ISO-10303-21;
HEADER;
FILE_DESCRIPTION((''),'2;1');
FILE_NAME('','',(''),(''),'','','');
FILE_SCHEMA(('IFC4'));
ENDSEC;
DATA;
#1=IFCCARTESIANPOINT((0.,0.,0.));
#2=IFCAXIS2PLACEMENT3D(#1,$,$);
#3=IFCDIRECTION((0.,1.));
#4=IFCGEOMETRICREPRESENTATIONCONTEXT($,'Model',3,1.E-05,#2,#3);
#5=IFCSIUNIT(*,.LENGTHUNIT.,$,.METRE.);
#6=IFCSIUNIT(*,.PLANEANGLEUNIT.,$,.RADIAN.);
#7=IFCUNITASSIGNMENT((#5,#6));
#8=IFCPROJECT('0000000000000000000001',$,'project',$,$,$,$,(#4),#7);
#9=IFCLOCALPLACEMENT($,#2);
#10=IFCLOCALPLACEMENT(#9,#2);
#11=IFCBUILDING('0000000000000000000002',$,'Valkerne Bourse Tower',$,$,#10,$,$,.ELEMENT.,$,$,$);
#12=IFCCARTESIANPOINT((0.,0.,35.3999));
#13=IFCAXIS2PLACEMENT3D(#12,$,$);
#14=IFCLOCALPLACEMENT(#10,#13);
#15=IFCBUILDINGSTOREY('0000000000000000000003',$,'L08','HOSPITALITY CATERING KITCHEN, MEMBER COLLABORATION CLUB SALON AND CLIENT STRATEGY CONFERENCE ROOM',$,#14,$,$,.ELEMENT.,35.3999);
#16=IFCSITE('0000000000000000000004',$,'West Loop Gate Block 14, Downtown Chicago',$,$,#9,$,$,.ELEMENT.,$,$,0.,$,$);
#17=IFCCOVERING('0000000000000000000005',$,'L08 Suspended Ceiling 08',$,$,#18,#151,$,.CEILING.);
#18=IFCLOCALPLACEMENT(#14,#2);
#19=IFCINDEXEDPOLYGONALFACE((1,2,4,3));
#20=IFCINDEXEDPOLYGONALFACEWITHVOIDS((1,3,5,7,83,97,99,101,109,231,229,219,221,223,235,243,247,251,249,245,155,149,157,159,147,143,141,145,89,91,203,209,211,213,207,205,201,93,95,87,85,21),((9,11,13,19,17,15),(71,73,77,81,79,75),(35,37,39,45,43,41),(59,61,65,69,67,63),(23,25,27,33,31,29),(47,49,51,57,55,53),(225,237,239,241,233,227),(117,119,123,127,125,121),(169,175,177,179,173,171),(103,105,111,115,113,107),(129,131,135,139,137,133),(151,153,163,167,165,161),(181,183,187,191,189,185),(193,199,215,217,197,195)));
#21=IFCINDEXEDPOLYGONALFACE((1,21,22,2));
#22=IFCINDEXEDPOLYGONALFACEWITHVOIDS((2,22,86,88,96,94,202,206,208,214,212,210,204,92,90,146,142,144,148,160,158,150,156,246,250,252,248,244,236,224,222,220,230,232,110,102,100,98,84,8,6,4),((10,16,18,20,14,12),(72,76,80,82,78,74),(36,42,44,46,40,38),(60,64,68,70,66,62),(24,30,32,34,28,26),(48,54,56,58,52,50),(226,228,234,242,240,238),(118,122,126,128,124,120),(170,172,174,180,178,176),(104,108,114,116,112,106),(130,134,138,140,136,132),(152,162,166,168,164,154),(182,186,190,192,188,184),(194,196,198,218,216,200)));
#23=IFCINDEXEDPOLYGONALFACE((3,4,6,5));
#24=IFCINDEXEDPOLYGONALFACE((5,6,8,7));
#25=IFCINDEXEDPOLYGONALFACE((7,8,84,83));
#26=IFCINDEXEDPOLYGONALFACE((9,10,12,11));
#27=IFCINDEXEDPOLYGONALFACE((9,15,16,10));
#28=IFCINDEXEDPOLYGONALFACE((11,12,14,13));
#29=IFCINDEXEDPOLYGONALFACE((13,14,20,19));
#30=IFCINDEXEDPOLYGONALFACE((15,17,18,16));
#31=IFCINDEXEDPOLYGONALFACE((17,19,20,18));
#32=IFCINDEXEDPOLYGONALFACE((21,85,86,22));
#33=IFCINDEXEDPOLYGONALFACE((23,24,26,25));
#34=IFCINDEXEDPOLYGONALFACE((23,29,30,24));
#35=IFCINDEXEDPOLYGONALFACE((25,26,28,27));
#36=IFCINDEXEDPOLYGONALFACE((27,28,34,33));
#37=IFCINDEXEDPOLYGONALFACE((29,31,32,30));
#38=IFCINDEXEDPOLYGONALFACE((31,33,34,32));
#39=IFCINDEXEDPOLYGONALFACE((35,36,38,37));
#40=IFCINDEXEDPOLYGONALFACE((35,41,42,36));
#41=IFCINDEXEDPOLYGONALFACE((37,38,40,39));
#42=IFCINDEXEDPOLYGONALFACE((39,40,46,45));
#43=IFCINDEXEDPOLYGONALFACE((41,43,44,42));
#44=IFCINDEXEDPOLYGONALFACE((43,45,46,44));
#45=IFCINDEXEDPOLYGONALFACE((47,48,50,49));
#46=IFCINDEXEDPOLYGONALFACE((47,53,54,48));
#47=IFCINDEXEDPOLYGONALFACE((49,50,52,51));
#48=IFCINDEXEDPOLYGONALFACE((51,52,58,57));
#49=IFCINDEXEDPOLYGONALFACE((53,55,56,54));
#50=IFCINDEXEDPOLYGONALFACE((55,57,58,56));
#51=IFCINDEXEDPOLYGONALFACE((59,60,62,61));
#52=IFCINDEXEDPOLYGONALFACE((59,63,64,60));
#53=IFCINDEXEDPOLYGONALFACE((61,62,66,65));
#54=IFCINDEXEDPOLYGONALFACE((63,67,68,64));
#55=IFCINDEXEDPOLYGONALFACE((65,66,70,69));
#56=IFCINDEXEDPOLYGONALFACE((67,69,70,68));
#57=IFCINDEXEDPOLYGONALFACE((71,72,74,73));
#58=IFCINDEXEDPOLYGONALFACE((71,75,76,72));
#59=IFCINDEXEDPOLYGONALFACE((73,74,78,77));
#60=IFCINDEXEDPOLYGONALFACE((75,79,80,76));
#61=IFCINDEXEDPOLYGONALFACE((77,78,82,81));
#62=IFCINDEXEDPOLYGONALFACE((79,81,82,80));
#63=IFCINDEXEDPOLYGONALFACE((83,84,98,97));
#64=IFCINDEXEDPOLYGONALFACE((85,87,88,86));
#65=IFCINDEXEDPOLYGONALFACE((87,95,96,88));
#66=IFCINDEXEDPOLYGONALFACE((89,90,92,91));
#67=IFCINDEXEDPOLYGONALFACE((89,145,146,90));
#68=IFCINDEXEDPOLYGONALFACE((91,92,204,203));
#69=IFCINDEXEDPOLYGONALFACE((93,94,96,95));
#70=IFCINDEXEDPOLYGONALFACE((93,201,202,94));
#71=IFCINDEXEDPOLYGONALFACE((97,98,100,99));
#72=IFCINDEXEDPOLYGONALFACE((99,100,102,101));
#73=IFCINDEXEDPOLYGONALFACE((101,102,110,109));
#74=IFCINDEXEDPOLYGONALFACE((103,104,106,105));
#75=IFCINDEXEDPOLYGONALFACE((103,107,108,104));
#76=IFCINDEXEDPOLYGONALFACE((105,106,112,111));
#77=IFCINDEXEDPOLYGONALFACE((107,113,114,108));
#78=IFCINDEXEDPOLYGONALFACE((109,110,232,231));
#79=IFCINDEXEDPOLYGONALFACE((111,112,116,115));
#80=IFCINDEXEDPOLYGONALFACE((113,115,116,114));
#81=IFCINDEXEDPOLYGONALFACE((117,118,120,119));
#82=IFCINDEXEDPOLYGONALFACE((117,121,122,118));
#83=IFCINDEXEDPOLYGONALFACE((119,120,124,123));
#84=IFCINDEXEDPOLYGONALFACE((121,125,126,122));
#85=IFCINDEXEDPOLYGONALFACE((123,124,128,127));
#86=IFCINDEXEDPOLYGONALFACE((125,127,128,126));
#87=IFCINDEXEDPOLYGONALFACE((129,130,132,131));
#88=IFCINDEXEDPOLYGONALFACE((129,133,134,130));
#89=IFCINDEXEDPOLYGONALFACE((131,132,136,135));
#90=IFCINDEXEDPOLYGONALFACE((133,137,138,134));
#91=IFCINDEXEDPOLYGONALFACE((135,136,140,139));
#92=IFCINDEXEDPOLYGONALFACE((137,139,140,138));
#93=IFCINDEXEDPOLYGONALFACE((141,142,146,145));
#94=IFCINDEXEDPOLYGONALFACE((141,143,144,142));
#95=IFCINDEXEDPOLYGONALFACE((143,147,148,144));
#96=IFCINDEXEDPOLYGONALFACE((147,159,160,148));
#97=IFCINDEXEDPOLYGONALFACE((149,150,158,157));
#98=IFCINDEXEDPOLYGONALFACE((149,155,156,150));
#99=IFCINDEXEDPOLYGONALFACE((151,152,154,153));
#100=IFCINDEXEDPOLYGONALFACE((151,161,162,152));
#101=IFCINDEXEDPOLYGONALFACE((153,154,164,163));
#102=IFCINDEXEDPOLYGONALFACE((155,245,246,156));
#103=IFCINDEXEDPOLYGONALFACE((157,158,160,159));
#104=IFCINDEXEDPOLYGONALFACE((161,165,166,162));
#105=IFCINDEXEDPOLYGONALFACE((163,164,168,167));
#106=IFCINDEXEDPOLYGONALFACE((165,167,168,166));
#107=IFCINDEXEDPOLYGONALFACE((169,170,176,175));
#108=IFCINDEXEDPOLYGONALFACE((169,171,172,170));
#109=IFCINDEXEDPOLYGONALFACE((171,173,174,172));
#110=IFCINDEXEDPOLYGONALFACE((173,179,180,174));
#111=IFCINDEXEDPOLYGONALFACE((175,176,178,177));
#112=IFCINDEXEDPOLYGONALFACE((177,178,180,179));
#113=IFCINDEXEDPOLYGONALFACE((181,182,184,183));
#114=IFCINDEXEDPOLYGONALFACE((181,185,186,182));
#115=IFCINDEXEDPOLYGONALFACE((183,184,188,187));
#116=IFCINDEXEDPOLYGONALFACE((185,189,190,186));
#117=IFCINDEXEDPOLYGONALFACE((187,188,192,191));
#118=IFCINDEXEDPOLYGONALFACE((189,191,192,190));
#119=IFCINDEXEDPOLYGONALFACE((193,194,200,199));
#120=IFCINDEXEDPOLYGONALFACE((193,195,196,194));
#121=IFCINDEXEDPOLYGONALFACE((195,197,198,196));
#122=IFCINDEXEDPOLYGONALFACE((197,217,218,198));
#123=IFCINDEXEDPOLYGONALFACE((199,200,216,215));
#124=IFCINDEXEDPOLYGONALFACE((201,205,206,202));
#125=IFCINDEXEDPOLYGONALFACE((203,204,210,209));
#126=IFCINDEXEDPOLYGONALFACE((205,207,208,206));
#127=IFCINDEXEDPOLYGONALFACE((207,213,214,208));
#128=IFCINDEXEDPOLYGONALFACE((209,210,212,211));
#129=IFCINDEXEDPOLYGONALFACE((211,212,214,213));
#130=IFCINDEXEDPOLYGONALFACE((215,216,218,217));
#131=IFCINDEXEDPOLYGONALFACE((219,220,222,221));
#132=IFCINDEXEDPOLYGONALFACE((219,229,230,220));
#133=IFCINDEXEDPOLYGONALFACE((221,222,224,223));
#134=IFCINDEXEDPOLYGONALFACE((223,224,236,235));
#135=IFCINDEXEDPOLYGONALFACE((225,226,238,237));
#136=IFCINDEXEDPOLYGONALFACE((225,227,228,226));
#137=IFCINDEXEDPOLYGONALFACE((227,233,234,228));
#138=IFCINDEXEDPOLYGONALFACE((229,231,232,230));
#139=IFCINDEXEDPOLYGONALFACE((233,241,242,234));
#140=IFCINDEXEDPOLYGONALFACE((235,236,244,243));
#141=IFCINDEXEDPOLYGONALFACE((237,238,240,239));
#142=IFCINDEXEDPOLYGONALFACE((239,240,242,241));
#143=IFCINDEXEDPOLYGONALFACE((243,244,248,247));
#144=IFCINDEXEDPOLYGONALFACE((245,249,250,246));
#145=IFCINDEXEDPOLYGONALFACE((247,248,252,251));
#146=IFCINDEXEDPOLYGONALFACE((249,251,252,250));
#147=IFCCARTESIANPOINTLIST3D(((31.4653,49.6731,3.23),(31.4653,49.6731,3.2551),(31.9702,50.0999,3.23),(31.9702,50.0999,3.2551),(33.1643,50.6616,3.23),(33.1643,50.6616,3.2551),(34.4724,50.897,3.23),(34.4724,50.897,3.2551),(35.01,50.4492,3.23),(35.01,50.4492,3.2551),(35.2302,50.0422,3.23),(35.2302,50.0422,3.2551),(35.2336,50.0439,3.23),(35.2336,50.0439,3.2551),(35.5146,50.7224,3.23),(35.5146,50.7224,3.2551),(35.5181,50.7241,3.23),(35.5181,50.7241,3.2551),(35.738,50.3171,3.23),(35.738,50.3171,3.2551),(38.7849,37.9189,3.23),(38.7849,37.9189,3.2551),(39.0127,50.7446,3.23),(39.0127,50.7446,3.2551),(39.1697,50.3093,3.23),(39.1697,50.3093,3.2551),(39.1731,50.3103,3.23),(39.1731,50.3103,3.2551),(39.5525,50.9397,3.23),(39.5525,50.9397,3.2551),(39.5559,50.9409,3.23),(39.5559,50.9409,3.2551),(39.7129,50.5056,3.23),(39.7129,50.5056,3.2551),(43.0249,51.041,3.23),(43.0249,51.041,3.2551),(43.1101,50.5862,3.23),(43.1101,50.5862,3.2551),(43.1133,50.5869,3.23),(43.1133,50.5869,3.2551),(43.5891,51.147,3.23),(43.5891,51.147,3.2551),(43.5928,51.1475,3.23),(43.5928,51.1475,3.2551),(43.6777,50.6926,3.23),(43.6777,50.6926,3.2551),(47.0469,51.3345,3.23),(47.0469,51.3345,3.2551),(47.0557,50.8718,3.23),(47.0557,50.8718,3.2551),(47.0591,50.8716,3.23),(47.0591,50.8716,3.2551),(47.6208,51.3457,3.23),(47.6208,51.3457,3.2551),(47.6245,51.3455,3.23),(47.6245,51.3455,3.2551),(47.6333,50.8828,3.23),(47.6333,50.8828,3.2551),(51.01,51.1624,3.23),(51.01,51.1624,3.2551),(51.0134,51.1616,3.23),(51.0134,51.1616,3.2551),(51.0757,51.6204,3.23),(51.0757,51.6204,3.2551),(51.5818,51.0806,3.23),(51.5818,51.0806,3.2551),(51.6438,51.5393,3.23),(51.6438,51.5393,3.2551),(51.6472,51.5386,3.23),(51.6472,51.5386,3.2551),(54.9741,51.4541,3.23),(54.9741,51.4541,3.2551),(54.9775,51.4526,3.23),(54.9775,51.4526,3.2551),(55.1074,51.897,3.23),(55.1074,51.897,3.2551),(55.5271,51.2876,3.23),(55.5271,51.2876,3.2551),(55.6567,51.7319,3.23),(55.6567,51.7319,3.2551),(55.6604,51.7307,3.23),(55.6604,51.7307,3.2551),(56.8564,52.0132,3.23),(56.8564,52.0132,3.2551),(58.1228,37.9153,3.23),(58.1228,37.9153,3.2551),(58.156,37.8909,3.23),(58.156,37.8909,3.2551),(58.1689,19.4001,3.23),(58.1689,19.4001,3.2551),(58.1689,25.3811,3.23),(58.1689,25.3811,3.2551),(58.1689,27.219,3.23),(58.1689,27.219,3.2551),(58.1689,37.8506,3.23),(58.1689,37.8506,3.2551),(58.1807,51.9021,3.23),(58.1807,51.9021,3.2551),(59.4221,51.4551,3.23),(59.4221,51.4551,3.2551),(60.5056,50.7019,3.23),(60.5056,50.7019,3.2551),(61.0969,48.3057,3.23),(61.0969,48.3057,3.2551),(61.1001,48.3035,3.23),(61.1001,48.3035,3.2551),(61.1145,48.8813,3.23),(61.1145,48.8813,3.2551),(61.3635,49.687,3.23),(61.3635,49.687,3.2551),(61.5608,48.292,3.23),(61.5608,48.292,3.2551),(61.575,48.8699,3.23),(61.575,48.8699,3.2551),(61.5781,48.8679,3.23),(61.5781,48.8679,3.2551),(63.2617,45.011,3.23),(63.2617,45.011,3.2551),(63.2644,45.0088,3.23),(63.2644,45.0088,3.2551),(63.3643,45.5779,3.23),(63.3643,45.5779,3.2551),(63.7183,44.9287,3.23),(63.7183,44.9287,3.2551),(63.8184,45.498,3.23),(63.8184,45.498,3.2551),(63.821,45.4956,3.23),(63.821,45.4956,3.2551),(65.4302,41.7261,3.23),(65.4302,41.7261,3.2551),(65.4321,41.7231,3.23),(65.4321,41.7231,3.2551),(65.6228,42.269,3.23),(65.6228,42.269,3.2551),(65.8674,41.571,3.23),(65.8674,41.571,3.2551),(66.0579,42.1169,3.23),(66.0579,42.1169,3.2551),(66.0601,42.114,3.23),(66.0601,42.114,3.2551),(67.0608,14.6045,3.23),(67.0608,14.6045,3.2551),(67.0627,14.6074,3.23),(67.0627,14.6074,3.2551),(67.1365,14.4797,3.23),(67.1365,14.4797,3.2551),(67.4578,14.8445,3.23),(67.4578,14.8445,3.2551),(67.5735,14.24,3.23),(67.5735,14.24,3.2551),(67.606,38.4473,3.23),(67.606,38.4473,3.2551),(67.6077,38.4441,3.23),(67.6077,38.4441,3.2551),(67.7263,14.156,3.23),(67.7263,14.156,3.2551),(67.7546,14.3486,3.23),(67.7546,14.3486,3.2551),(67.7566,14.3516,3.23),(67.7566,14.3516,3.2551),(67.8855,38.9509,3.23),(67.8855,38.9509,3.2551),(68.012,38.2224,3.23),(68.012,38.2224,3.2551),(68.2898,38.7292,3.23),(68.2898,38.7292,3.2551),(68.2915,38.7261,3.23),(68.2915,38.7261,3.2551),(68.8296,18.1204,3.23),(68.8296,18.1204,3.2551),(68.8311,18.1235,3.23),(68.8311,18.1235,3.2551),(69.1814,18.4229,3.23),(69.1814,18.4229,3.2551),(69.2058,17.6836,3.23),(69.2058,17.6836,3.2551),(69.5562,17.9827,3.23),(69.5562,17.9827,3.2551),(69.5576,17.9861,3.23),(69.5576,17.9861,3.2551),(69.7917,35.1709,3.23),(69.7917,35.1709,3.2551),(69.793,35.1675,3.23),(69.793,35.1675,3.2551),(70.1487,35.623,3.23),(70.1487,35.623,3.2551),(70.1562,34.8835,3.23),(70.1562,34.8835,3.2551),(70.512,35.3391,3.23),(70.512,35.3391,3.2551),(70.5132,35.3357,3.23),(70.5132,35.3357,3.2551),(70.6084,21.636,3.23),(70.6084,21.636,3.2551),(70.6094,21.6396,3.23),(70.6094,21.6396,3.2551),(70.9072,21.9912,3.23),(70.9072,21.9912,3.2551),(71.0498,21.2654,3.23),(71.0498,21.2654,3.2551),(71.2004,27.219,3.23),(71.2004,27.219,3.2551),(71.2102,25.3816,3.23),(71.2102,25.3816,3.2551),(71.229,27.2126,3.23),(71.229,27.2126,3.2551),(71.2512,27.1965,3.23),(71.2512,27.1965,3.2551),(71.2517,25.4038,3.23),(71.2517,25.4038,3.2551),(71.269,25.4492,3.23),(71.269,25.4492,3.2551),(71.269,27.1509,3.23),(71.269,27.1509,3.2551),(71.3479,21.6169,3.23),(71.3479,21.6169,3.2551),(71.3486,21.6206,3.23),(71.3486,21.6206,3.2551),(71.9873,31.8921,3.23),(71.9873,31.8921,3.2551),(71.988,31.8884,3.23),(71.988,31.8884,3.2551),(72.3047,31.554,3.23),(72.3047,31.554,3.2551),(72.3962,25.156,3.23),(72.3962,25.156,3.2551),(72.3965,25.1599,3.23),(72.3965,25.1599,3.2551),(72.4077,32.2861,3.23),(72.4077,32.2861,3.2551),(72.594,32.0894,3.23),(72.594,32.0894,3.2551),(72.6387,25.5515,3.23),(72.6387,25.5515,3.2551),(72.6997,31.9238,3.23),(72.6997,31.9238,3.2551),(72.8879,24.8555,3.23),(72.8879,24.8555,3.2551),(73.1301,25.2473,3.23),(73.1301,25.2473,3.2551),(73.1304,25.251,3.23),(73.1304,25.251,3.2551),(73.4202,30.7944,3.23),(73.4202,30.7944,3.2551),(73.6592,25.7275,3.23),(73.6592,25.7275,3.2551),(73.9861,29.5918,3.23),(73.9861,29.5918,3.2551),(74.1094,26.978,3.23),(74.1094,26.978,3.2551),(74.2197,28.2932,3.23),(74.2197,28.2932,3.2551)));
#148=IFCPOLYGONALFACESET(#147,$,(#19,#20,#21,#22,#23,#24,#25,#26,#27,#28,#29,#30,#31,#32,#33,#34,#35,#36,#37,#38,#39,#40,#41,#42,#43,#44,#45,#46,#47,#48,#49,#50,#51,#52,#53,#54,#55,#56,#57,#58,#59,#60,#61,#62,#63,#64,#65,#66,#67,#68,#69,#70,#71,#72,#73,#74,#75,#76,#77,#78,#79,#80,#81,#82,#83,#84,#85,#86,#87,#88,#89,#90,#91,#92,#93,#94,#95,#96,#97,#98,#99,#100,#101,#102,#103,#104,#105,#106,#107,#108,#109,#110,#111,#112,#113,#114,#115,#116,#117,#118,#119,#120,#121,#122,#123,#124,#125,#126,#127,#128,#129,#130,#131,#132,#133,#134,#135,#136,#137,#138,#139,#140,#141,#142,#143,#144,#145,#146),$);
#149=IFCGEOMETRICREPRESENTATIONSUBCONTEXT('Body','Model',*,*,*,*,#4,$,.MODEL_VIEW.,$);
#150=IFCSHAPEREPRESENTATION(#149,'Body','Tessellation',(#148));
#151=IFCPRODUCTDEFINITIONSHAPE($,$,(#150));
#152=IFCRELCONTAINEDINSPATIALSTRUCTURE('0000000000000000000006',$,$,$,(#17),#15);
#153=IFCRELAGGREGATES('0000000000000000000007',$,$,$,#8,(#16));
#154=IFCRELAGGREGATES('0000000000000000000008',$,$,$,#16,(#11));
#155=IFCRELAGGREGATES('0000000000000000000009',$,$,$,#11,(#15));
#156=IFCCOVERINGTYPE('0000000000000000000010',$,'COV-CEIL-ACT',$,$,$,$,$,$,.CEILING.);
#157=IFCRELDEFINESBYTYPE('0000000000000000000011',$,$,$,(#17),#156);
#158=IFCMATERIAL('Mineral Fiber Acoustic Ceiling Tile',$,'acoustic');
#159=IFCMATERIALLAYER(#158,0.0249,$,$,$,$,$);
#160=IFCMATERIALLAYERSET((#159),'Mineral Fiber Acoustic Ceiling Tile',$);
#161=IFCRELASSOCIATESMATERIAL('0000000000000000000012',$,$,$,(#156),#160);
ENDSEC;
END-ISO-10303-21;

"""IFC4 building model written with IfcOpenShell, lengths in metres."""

from ifc_helpers import new_model, si_unit, direction, frame, origin, place, context, subcontext, project, spatial, polyline, outline, extrude, material, layer, layer_set, type_object, element, save


model = new_model("IFC4")

# Units and contexts
model_context = context("Model", 3, precision=1e-05, world=origin(), true_north=direction((0.0, 1.0)))
body_context = subcontext(model_context, "Body", "Model", "MODEL_VIEW")
ifc_project = project(units=[si_unit("LENGTHUNIT", "METRE"), si_unit("PLANEANGLEUNIT", "RADIAN")], contexts=[model_context])

# Site, building, storey
site_placement = place(None, origin())
site = spatial("IfcSite", under=ifc_project, at=site_placement, Name="West Loop Gate Block 14, Downtown Chicago", CompositionType="ELEMENT", RefElevation=0.0)
building_placement = place(site_placement, origin())
building = spatial("IfcBuilding", under=site, at=building_placement, Name="Valkerne Bourse Tower", CompositionType="ELEMENT")
storey_placement = place(building_placement, frame((0.0, 0.0, 35.3999)))
storey = spatial("IfcBuildingStorey", under=building, at=storey_placement, Name="L08", Description="HOSPITALITY CATERING KITCHEN, MEMBER COLLABORATION CLUB SALON AND CLIENT STRATEGY CONFERENCE ROOM", CompositionType="ELEMENT", Elevation=35.3999)

# Covering
ifc_material_1 = material(Name="Mineral Fiber Acoustic Ceiling Tile", Category="acoustic")
ifc_layer_1 = layer(ifc_material_1, 0.0249)
ifc_layer_set_1 = layer_set([ifc_layer_1], Name="Mineral Fiber Acoustic Ceiling Tile")
covering_type_1 = type_object("IfcCoveringType", Name="COV-CEIL-ACT", PredefinedType="CEILING", material=ifc_layer_set_1)
covering_1_placement = place(storey_placement, frame((0.0, 0.0, 3.23)))
element("IfcCovering", 1, at=covering_1_placement, inside=storey, type_object=covering_type_1, Name="L08 Suspended Ceiling 08", PredefinedType="CEILING", context=body_context, shape_type="SweptSolid", body=[
    extrude(outline(polyline([(34.4724, 50.897), (56.8564, 52.0132), (58.1807, 51.9021), (59.4221, 51.4551), (60.5056, 50.7019), (61.3635, 49.687), (72.594, 32.0894), (72.4077, 32.2861), (71.9873, 31.8921), (71.988, 31.8884), (72.3047, 31.554), (72.6997, 31.9238), (73.4202, 30.7944), (73.9861, 29.5918), (74.2197, 28.2932), (74.1094, 26.978), (73.6592, 25.7275), (67.7263, 14.156), (67.5735, 14.24), (67.7546, 14.3486), (67.7566, 14.3516), (67.4578, 14.8445), (67.0627, 14.6074), (67.0608, 14.6045), (67.1365, 14.4797), (58.1689, 19.4001), (58.1689, 25.3811), (71.2102, 25.3816), (71.2517, 25.4038), (71.269, 25.4492), (71.269, 27.1509), (71.2512, 27.1965), (71.229, 27.2126), (71.2004, 27.219), (58.1689, 27.219), (58.1689, 37.8506), (58.156, 37.8909), (58.1228, 37.9153), (38.7849, 37.9189), (31.4653, 49.6731), (31.9702, 50.0999), (33.1643, 50.6616), (34.4724, 50.897)]), holes=[polyline([(35.2336, 50.0439), (35.738, 50.3171), (35.5181, 50.7241), (35.5146, 50.7224), (35.01, 50.4492), (35.2302, 50.0422), (35.2336, 50.0439)]), polyline([(39.1731, 50.3103), (39.7129, 50.5056), (39.5559, 50.9409), (39.5525, 50.9397), (39.0127, 50.7446), (39.1697, 50.3093), (39.1731, 50.3103)]), polyline([(43.6777, 50.6926), (43.5928, 51.1475), (43.5891, 51.147), (43.0249, 51.041), (43.1101, 50.5862), (43.1133, 50.5869), (43.6777, 50.6926)]), polyline([(47.6333, 50.8828), (47.6245, 51.3455), (47.6208, 51.3457), (47.0469, 51.3345), (47.0557, 50.8718), (47.0591, 50.8716), (47.6333, 50.8828)]), polyline([(51.6472, 51.5386), (51.6438, 51.5393), (51.0757, 51.6204), (51.01, 51.1624), (51.0134, 51.1616), (51.5818, 51.0806), (51.6472, 51.5386)]), polyline([(69.5562, 17.9827), (69.5576, 17.9861), (69.1814, 18.4229), (68.8311, 18.1235), (68.8296, 18.1204), (69.2058, 17.6836), (69.5562, 17.9827)]), polyline([(71.3479, 21.6169), (71.3486, 21.6206), (70.9072, 21.9912), (70.6094, 21.6396), (70.6084, 21.636), (71.0498, 21.2654), (71.3479, 21.6169)]), polyline([(73.1304, 25.251), (72.6387, 25.5515), (72.3965, 25.1599), (72.3962, 25.156), (72.8879, 24.8555), (73.1301, 25.2473), (73.1304, 25.251)]), polyline([(70.5132, 35.3357), (70.512, 35.3391), (70.1487, 35.623), (69.7917, 35.1709), (69.793, 35.1675), (70.1562, 34.8835), (70.5132, 35.3357)]), polyline([(68.2898, 38.7292), (67.8855, 38.9509), (67.606, 38.4473), (67.6077, 38.4441), (68.012, 38.2224), (68.2915, 38.7261), (68.2898, 38.7292)]), polyline([(66.0601, 42.114), (66.0579, 42.1169), (65.6228, 42.269), (65.4302, 41.7261), (65.4321, 41.7231), (65.8674, 41.571), (66.0601, 42.114)]), polyline([(63.821, 45.4956), (63.8184, 45.498), (63.3643, 45.5779), (63.2617, 45.011), (63.2644, 45.0088), (63.7183, 44.9287), (63.821, 45.4956)]), polyline([(61.575, 48.8699), (61.1145, 48.8813), (61.0969, 48.3057), (61.1001, 48.3035), (61.5608, 48.292), (61.5781, 48.8679), (61.575, 48.8699)]), polyline([(55.6604, 51.7307), (55.6567, 51.7319), (55.1074, 51.897), (54.9741, 51.4541), (54.9775, 51.4526), (55.5271, 51.2876), (55.6604, 51.7307)])]), origin(), (0.0, 0.0, 1.0), 0.0251),
])

save(model, "model.ifc")
